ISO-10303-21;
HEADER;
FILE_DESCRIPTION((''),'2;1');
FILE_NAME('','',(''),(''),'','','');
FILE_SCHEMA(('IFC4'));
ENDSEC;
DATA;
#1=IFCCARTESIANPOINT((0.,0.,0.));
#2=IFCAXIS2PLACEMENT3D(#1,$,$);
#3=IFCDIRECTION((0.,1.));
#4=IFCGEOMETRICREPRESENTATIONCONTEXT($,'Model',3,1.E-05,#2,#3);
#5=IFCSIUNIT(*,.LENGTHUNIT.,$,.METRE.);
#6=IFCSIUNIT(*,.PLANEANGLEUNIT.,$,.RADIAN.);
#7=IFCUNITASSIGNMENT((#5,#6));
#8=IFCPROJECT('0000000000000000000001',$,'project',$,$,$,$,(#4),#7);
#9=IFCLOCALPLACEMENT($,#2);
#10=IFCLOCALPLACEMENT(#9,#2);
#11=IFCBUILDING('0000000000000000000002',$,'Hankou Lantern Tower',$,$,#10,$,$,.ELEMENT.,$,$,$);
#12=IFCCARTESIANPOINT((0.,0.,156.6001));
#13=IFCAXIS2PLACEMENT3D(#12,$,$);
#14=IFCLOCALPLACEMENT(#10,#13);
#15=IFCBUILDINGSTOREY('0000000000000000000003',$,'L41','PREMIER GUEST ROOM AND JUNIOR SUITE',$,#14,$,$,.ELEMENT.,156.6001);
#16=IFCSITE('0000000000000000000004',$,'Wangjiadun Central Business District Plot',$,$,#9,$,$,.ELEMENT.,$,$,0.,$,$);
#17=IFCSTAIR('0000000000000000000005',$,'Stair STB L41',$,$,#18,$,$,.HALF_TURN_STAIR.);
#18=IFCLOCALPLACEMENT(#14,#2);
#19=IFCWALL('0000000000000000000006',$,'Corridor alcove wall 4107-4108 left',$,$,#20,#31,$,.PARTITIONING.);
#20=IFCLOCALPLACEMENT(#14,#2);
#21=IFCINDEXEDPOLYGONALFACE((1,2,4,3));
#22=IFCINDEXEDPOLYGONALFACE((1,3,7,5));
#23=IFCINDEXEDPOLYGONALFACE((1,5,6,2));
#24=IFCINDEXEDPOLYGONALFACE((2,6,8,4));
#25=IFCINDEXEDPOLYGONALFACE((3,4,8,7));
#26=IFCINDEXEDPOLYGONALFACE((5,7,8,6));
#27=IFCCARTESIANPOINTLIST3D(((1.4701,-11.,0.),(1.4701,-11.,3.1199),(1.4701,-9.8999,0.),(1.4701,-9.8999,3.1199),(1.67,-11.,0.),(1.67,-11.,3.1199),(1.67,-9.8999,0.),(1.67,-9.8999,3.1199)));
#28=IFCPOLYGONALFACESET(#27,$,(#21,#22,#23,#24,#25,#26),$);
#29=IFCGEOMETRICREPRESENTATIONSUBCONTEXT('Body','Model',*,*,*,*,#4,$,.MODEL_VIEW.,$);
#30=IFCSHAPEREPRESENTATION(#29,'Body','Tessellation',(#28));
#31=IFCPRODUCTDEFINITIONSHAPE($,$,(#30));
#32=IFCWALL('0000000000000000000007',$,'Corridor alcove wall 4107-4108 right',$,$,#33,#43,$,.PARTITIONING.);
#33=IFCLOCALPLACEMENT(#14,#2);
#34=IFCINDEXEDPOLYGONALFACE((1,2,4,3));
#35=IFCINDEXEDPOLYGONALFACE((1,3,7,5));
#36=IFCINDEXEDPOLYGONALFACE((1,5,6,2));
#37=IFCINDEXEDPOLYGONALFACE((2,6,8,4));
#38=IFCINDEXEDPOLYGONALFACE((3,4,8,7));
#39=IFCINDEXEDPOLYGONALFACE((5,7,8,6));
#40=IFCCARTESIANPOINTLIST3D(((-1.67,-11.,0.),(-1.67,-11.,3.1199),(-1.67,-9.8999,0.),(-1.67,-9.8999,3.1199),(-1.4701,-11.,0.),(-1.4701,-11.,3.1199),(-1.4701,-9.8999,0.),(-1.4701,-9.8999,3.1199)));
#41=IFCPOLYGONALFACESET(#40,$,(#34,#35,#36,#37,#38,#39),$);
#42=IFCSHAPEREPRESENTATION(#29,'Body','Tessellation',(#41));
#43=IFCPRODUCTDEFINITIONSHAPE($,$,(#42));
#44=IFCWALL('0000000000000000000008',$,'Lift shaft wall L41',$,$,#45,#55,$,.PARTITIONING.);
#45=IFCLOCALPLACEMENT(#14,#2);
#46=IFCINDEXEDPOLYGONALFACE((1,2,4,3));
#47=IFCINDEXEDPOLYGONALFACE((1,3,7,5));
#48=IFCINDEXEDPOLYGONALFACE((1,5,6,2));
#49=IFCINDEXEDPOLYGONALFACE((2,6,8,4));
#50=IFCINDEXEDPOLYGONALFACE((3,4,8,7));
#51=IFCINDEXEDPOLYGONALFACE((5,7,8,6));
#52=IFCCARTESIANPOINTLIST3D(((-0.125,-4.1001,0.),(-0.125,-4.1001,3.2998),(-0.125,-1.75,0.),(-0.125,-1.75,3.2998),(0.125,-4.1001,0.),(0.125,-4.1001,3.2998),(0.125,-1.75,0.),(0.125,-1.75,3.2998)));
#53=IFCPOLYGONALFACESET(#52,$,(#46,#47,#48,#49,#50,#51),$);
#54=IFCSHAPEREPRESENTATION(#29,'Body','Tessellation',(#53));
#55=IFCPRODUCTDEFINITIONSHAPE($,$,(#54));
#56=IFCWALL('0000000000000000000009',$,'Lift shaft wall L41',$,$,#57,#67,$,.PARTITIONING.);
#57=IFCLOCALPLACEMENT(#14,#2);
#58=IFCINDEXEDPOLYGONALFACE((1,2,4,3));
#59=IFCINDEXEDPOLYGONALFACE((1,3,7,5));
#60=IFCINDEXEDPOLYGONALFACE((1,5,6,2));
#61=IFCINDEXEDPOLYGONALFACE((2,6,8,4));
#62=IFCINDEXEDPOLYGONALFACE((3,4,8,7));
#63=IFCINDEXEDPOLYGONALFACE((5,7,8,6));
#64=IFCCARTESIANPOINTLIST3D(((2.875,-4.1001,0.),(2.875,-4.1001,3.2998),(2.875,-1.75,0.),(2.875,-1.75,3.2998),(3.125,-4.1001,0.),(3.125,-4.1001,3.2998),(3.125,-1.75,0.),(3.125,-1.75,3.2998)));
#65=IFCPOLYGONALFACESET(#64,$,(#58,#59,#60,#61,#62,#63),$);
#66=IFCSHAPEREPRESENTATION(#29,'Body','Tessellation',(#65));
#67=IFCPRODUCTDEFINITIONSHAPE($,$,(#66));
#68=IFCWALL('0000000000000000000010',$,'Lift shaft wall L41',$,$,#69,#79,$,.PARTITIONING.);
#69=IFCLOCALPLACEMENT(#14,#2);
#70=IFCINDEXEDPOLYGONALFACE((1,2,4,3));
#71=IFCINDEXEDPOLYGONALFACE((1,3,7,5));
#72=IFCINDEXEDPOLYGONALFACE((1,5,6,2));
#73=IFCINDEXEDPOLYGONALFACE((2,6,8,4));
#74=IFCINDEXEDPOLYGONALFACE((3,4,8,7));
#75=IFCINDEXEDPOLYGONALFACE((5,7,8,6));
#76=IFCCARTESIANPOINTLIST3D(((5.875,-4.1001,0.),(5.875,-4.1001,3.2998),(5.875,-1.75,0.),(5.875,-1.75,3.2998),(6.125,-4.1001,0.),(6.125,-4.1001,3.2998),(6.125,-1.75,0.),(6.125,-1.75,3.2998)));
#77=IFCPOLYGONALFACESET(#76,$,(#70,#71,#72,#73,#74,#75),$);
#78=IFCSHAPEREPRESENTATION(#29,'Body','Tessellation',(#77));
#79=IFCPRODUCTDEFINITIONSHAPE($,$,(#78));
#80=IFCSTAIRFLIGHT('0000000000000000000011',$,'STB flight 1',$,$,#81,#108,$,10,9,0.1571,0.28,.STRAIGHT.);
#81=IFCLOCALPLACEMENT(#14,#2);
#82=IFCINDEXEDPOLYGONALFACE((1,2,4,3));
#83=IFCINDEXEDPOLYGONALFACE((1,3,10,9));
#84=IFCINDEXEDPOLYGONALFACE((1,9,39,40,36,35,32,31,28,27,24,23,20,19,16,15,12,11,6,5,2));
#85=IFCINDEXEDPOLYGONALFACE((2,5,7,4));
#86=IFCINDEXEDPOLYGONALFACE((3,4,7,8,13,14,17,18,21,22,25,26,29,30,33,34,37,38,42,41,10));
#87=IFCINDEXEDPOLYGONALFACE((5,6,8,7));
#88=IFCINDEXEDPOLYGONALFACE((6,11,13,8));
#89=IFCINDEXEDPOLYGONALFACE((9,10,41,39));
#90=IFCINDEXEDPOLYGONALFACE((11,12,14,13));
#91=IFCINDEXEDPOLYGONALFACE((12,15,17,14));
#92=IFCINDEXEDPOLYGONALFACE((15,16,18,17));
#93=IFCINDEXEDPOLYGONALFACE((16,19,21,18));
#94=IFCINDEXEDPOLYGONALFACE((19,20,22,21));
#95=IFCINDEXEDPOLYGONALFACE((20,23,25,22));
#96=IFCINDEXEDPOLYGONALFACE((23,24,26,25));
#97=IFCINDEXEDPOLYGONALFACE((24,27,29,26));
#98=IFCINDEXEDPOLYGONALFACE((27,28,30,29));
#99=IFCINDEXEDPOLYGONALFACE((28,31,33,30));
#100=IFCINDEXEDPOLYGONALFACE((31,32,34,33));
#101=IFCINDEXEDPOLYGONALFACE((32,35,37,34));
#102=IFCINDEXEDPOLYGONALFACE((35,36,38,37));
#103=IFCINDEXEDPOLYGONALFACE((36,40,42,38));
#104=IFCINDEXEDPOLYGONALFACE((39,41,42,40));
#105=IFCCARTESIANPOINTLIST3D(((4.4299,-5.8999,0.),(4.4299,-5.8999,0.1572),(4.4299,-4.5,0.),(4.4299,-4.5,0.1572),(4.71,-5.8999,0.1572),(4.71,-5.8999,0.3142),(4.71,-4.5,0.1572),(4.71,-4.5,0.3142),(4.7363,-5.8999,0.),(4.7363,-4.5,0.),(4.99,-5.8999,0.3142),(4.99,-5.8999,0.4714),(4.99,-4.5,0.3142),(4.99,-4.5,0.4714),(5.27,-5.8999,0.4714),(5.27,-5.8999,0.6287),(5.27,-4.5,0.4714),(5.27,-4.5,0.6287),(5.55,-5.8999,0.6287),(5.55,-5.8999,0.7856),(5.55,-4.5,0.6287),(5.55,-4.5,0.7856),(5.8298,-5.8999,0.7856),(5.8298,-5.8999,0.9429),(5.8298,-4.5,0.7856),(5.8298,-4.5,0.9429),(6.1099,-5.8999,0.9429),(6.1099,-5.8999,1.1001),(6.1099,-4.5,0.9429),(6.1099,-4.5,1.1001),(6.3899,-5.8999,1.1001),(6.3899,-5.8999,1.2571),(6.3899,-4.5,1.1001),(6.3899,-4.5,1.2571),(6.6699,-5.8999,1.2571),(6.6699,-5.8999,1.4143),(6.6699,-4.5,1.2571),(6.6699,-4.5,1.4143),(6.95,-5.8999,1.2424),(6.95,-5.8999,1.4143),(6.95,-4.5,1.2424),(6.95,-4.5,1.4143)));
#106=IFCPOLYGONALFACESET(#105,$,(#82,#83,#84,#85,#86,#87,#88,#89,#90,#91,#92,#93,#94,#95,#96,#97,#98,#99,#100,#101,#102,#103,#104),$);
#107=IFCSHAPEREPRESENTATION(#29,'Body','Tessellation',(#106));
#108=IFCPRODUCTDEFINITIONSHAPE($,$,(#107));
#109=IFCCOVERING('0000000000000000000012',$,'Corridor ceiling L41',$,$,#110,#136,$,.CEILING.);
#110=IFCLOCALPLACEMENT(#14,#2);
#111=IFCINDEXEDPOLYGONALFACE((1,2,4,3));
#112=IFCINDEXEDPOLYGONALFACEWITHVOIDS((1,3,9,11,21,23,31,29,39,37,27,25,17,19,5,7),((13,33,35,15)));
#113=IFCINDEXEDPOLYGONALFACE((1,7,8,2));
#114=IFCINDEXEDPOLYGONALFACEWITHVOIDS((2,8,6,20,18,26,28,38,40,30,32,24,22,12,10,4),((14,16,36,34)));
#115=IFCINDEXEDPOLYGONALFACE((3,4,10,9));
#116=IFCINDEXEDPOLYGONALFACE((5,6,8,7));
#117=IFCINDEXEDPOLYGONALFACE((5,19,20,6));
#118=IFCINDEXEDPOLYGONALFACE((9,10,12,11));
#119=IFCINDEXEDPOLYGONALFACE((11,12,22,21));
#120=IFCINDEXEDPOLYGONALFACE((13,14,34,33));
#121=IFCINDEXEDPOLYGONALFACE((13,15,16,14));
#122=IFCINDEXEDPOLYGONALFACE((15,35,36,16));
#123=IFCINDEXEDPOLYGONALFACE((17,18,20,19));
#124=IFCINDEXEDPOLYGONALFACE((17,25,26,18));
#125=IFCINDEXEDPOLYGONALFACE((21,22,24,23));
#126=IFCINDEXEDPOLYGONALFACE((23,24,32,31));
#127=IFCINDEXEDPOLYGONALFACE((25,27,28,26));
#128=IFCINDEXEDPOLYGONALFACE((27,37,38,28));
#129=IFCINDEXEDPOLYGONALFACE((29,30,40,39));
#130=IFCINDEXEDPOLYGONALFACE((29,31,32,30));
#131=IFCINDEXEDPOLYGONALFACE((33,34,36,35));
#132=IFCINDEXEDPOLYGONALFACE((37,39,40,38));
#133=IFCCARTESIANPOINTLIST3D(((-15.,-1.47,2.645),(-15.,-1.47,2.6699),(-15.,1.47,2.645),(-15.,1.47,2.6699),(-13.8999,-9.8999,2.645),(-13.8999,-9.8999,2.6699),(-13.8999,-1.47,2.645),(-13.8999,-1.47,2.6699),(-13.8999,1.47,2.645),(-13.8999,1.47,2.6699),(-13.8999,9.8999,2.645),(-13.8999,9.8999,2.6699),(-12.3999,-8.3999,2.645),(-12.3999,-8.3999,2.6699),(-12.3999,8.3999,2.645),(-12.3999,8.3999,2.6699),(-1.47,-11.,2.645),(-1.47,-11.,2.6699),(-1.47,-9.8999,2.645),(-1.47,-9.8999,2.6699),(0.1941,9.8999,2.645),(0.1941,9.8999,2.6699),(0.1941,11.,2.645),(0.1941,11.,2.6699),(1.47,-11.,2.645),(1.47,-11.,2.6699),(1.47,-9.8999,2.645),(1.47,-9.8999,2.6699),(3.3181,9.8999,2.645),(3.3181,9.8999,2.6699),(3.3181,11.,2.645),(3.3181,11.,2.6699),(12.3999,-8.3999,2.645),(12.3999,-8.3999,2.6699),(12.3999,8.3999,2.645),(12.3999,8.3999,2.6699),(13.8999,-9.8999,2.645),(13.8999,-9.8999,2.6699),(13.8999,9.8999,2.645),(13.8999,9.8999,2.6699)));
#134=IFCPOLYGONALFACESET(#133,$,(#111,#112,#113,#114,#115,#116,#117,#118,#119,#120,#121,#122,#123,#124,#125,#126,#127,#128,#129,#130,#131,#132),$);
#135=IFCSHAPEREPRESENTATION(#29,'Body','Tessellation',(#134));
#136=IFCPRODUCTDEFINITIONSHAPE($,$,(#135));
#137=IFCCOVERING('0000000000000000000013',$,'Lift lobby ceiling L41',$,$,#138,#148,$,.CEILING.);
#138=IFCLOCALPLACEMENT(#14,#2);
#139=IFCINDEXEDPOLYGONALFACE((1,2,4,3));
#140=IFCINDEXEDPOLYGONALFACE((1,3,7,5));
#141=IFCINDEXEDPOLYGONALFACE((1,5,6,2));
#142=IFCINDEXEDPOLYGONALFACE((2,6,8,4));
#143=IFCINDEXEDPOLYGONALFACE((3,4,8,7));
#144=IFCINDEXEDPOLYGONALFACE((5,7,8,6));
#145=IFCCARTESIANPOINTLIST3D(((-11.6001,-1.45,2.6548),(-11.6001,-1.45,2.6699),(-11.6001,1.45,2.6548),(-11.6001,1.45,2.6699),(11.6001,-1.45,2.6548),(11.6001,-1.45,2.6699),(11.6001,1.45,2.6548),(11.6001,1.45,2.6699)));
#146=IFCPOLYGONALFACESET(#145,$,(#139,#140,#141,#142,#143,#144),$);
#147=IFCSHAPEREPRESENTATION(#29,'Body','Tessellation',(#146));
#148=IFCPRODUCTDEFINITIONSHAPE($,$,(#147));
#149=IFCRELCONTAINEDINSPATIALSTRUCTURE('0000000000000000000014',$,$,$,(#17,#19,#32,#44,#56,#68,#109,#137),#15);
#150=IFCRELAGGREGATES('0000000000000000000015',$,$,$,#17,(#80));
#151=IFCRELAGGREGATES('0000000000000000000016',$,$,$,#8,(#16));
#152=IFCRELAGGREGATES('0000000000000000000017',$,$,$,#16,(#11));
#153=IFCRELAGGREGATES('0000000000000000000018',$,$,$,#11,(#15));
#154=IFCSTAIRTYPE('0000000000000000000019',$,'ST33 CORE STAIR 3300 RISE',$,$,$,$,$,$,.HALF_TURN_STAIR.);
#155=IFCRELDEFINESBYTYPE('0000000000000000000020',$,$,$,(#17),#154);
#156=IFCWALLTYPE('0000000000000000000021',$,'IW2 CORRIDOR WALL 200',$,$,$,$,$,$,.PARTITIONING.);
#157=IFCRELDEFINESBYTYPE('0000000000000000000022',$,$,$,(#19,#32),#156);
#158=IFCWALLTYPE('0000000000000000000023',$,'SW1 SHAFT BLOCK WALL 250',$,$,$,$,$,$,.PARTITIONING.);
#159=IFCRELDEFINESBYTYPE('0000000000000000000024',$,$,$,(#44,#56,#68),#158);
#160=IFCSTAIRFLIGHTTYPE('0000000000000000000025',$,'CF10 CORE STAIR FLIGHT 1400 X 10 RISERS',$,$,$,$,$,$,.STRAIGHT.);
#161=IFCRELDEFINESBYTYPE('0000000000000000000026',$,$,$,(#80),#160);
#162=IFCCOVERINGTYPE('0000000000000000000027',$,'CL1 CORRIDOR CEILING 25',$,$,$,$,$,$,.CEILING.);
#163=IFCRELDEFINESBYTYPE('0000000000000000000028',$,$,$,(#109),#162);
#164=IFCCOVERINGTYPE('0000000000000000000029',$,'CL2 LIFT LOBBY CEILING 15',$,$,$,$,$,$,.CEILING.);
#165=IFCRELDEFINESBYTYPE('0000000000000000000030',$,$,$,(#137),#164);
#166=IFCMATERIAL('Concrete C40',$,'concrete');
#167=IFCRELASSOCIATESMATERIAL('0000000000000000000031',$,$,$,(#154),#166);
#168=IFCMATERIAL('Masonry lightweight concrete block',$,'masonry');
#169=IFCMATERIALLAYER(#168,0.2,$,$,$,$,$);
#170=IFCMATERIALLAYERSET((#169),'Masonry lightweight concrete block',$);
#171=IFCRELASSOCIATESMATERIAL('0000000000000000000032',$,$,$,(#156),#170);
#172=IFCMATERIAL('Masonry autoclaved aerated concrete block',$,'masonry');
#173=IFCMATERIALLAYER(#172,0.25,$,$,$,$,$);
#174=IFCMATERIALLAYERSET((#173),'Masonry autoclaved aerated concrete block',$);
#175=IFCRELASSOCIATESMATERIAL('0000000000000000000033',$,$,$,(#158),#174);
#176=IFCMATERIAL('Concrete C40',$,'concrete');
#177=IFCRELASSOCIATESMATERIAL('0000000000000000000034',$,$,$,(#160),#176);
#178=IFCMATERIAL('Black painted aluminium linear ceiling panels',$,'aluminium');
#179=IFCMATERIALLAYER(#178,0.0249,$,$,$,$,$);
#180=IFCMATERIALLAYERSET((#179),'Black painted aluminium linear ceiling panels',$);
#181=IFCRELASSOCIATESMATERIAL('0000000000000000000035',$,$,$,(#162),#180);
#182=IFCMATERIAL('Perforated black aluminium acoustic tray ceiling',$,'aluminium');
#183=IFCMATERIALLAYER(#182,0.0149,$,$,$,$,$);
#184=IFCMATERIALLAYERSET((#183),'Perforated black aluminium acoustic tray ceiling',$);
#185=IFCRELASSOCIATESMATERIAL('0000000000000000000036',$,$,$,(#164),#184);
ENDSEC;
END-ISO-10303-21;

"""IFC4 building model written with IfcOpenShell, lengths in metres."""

from ifc_helpers import new_model, si_unit, direction, frame, frame_2d, origin, place, context, subcontext, project, spatial, polyline, rectangle, outline, extrude, material, layer, layer_set, type_object, element, aggregate, save


model = new_model("IFC4")

# Units and contexts
model_context = context("Model", 3, precision=1e-05, world=origin(), true_north=direction((0.0, 1.0)))
body_context = subcontext(model_context, "Body", "Model", "MODEL_VIEW")
ifc_project = project(units=[si_unit("LENGTHUNIT", "METRE"), si_unit("PLANEANGLEUNIT", "RADIAN")], contexts=[model_context])

# Site, building, storey
site_placement = place(None, origin())
site = spatial("IfcSite", under=ifc_project, at=site_placement, Name="Wangjiadun Central Business District Plot", CompositionType="ELEMENT", RefElevation=0.0)
building_placement = place(site_placement, origin())
building = spatial("IfcBuilding", under=site, at=building_placement, Name="Hankou Lantern Tower", CompositionType="ELEMENT")
storey_placement = place(building_placement, frame((0.0, 0.0, 156.6001)))
storey = spatial("IfcBuildingStorey", under=building, at=storey_placement, Name="L41", Description="PREMIER GUEST ROOM AND JUNIOR SUITE", CompositionType="ELEMENT", Elevation=156.6001)

# Stair
ifc_material_1 = material(Name="Concrete C40", Category="concrete")
stair_type = type_object("IfcStairType", Name="ST33 CORE STAIR 3300 RISE", PredefinedType="HALF_TURN_STAIR", material=ifc_material_1)
stair_1_placement = place(storey_placement, origin())
stair_1 = element("IfcStair", 1, at=stair_1_placement, inside=storey, type_object=stair_type, Name="Stair STB L41", PredefinedType="HALF_TURN_STAIR")

# Shared definitions
ifc_material_2 = material(Name="Masonry lightweight concrete block", Category="masonry")
ifc_layer_1 = layer(ifc_material_2, 0.2)
ifc_layer_set_1 = layer_set([ifc_layer_1], Name="Masonry lightweight concrete block")
wall_type_1 = type_object("IfcWallType", Name="IW2 CORRIDOR WALL 200", PredefinedType="PARTITIONING", material=ifc_layer_set_1)

# Walls
for number, where, z_axis, x_axis, name in (
    (2, (1.5701, -9.8999, 0.0), (0.0, 0.0, 1.0), (0.0, -1.0, 0.0), "Corridor alcove wall 4107-4108 left"),
    (3, (-1.5701, -9.8999, 0.0), (0.0, 0.0, 1.0), (0.0, -1.0, 0.0), "Corridor alcove wall 4107-4108 right"),
):
    element("IfcWall", number, at=place(storey_placement, frame(where, z_axis=z_axis, x_axis=x_axis)), inside=storey, type_object=wall_type_1, Name=name, PredefinedType="PARTITIONING", context=body_context, shape_type="SweptSolid", body=[
        extrude(rectangle(XDim=1.1001, YDim=0.2, at=frame_2d((0.55, 0.0))), origin(), (0.0, 0.0, 1.0), 3.1199),
    ])
ifc_material_3 = material(Name="Masonry autoclaved aerated concrete block", Category="masonry")
ifc_layer_2 = layer(ifc_material_3, 0.25)
ifc_layer_set_2 = layer_set([ifc_layer_2], Name="Masonry autoclaved aerated concrete block")
wall_type_2 = type_object("IfcWallType", Name="SW1 SHAFT BLOCK WALL 250", PredefinedType="PARTITIONING", material=ifc_layer_set_2)
for number, where, z_axis, x_axis, name in (
    (4, (0.0, -4.1001, 0.0), (0.0, 0.0, 1.0), (0.0, 1.0, 0.0), "Lift shaft wall L41"),
    (5, (3.0, -4.1001, 0.0), (0.0, 0.0, 1.0), (0.0, 1.0, 0.0), "Lift shaft wall L41"),
    (6, (6.0, -4.1001, 0.0), (0.0, 0.0, 1.0), (0.0, 1.0, 0.0), "Lift shaft wall L41"),
):
    element("IfcWall", number, at=place(storey_placement, frame(where, z_axis=z_axis, x_axis=x_axis)), inside=storey, type_object=wall_type_2, Name=name, PredefinedType="PARTITIONING", context=body_context, shape_type="SweptSolid", body=[
        extrude(rectangle(XDim=2.3501, YDim=0.25, at=frame_2d((1.175, 0.0))), origin(), (0.0, 0.0, 1.0), 3.2998),
    ])

# Stair flight
ifc_material_4 = material(Name="Concrete C40", Category="concrete")
stair_flight_type = type_object("IfcStairFlightType", Name="CF10 CORE STAIR FLIGHT 1400 X 10 RISERS", PredefinedType="STRAIGHT", material=ifc_material_4)
stair_flight_placement = place(storey_placement, frame((4.4299, -5.2, 0.0), z_axis=(0.0, 0.0, 1.0), x_axis=(1.0, 0.0, 0.0)))
stair_flight = element("IfcStairFlight", 7, at=stair_flight_placement, type_object=stair_flight_type, Name="STB flight 1", NumberOfRisers=10, NumberOfTreads=9, PredefinedType="STRAIGHT", RiserHeight=0.1571, TreadLength=0.28, context=body_context, shape_type="SweptSolid", body=[
    extrude(outline(polyline([(0.0, 0.0), (0.0, 0.1572), (0.28, 0.1572), (0.28, 0.3142), (0.5601, 0.3142), (0.5601, 0.4714), (0.8401, 0.4714), (0.8401, 0.6287), (1.1201, 0.6287), (1.1201, 0.7856), (1.3999, 0.7856), (1.3999, 0.9429), (1.6799, 0.9429), (1.6799, 1.1001), (1.96, 1.1001), (1.96, 1.2571), (2.24, 1.2571), (2.24, 1.4143), (2.52, 1.4143), (2.52, 1.5715), (2.52, 1.2424), (0.3064, 0.0), (0.0, 0.0)])), frame((0.0, 0.7, 0.0), z_axis=(0.0, -1.0, 0.0), x_axis=(1.0, 0.0, 0.0)), (0.0, 0.0, 1.0), 1.3999),
])
aggregate(stair_1, [stair_flight])

# Coverings
ifc_material_5 = material(Name="Black painted aluminium linear ceiling panels", Category="aluminium")
ifc_layer_3 = layer(ifc_material_5, 0.0249)
ifc_layer_set_3 = layer_set([ifc_layer_3], Name="Black painted aluminium linear ceiling panels")
covering_type_1 = type_object("IfcCoveringType", Name="CL1 CORRIDOR CEILING 25", PredefinedType="CEILING", material=ifc_layer_set_3)
covering_1_placement = place(storey_placement, frame((0.0, 0.0, 2.645)))
element("IfcCovering", 8, at=covering_1_placement, inside=storey, type_object=covering_type_1, Name="Corridor ceiling L41", PredefinedType="CEILING", context=body_context, shape_type="SweptSolid", body=[
    extrude(outline(polyline([(1.47, -11.0), (1.47, -9.8999), (13.8999, -9.8999), (13.8999, 9.8999), (3.3181, 9.8999), (3.3181, 11.0), (0.1941, 11.0), (0.1941, 9.8999), (-13.8999, 9.8999), (-13.8999, 1.47), (-15.0, 1.47), (-15.0, -1.47), (-13.8999, -1.47), (-13.8999, -9.8999), (-1.47, -9.8999), (-1.47, -11.0), (1.47, -11.0)]), holes=[polyline([(-12.3999, 8.3999), (12.3999, 8.3999), (12.3999, -8.3999), (-12.3999, -8.3999), (-12.3999, 8.3999)])]), origin(), (0.0, 0.0, 1.0), 0.0249),
])
ifc_material_6 = material(Name="Perforated black aluminium acoustic tray ceiling", Category="aluminium")
ifc_layer_4 = layer(ifc_material_6, 0.0149)
ifc_layer_set_4 = layer_set([ifc_layer_4], Name="Perforated black aluminium acoustic tray ceiling")
covering_type_2 = type_object("IfcCoveringType", Name="CL2 LIFT LOBBY CEILING 15", PredefinedType="CEILING", material=ifc_layer_set_4)
covering_2_placement = place(storey_placement, frame((0.0, 0.0, 2.6548)))
element("IfcCovering", 9, at=covering_2_placement, inside=storey, type_object=covering_type_2, Name="Lift lobby ceiling L41", PredefinedType="CEILING", context=body_context, shape_type="SweptSolid", body=[
    extrude(outline(polyline([(-11.6001, -1.45), (11.6001, -1.45), (11.6001, 1.45), (-11.6001, 1.45), (-11.6001, -1.45)])), origin(), (0.0, 0.0, 1.0), 0.0151),
])

save(model, "model.ifc")
